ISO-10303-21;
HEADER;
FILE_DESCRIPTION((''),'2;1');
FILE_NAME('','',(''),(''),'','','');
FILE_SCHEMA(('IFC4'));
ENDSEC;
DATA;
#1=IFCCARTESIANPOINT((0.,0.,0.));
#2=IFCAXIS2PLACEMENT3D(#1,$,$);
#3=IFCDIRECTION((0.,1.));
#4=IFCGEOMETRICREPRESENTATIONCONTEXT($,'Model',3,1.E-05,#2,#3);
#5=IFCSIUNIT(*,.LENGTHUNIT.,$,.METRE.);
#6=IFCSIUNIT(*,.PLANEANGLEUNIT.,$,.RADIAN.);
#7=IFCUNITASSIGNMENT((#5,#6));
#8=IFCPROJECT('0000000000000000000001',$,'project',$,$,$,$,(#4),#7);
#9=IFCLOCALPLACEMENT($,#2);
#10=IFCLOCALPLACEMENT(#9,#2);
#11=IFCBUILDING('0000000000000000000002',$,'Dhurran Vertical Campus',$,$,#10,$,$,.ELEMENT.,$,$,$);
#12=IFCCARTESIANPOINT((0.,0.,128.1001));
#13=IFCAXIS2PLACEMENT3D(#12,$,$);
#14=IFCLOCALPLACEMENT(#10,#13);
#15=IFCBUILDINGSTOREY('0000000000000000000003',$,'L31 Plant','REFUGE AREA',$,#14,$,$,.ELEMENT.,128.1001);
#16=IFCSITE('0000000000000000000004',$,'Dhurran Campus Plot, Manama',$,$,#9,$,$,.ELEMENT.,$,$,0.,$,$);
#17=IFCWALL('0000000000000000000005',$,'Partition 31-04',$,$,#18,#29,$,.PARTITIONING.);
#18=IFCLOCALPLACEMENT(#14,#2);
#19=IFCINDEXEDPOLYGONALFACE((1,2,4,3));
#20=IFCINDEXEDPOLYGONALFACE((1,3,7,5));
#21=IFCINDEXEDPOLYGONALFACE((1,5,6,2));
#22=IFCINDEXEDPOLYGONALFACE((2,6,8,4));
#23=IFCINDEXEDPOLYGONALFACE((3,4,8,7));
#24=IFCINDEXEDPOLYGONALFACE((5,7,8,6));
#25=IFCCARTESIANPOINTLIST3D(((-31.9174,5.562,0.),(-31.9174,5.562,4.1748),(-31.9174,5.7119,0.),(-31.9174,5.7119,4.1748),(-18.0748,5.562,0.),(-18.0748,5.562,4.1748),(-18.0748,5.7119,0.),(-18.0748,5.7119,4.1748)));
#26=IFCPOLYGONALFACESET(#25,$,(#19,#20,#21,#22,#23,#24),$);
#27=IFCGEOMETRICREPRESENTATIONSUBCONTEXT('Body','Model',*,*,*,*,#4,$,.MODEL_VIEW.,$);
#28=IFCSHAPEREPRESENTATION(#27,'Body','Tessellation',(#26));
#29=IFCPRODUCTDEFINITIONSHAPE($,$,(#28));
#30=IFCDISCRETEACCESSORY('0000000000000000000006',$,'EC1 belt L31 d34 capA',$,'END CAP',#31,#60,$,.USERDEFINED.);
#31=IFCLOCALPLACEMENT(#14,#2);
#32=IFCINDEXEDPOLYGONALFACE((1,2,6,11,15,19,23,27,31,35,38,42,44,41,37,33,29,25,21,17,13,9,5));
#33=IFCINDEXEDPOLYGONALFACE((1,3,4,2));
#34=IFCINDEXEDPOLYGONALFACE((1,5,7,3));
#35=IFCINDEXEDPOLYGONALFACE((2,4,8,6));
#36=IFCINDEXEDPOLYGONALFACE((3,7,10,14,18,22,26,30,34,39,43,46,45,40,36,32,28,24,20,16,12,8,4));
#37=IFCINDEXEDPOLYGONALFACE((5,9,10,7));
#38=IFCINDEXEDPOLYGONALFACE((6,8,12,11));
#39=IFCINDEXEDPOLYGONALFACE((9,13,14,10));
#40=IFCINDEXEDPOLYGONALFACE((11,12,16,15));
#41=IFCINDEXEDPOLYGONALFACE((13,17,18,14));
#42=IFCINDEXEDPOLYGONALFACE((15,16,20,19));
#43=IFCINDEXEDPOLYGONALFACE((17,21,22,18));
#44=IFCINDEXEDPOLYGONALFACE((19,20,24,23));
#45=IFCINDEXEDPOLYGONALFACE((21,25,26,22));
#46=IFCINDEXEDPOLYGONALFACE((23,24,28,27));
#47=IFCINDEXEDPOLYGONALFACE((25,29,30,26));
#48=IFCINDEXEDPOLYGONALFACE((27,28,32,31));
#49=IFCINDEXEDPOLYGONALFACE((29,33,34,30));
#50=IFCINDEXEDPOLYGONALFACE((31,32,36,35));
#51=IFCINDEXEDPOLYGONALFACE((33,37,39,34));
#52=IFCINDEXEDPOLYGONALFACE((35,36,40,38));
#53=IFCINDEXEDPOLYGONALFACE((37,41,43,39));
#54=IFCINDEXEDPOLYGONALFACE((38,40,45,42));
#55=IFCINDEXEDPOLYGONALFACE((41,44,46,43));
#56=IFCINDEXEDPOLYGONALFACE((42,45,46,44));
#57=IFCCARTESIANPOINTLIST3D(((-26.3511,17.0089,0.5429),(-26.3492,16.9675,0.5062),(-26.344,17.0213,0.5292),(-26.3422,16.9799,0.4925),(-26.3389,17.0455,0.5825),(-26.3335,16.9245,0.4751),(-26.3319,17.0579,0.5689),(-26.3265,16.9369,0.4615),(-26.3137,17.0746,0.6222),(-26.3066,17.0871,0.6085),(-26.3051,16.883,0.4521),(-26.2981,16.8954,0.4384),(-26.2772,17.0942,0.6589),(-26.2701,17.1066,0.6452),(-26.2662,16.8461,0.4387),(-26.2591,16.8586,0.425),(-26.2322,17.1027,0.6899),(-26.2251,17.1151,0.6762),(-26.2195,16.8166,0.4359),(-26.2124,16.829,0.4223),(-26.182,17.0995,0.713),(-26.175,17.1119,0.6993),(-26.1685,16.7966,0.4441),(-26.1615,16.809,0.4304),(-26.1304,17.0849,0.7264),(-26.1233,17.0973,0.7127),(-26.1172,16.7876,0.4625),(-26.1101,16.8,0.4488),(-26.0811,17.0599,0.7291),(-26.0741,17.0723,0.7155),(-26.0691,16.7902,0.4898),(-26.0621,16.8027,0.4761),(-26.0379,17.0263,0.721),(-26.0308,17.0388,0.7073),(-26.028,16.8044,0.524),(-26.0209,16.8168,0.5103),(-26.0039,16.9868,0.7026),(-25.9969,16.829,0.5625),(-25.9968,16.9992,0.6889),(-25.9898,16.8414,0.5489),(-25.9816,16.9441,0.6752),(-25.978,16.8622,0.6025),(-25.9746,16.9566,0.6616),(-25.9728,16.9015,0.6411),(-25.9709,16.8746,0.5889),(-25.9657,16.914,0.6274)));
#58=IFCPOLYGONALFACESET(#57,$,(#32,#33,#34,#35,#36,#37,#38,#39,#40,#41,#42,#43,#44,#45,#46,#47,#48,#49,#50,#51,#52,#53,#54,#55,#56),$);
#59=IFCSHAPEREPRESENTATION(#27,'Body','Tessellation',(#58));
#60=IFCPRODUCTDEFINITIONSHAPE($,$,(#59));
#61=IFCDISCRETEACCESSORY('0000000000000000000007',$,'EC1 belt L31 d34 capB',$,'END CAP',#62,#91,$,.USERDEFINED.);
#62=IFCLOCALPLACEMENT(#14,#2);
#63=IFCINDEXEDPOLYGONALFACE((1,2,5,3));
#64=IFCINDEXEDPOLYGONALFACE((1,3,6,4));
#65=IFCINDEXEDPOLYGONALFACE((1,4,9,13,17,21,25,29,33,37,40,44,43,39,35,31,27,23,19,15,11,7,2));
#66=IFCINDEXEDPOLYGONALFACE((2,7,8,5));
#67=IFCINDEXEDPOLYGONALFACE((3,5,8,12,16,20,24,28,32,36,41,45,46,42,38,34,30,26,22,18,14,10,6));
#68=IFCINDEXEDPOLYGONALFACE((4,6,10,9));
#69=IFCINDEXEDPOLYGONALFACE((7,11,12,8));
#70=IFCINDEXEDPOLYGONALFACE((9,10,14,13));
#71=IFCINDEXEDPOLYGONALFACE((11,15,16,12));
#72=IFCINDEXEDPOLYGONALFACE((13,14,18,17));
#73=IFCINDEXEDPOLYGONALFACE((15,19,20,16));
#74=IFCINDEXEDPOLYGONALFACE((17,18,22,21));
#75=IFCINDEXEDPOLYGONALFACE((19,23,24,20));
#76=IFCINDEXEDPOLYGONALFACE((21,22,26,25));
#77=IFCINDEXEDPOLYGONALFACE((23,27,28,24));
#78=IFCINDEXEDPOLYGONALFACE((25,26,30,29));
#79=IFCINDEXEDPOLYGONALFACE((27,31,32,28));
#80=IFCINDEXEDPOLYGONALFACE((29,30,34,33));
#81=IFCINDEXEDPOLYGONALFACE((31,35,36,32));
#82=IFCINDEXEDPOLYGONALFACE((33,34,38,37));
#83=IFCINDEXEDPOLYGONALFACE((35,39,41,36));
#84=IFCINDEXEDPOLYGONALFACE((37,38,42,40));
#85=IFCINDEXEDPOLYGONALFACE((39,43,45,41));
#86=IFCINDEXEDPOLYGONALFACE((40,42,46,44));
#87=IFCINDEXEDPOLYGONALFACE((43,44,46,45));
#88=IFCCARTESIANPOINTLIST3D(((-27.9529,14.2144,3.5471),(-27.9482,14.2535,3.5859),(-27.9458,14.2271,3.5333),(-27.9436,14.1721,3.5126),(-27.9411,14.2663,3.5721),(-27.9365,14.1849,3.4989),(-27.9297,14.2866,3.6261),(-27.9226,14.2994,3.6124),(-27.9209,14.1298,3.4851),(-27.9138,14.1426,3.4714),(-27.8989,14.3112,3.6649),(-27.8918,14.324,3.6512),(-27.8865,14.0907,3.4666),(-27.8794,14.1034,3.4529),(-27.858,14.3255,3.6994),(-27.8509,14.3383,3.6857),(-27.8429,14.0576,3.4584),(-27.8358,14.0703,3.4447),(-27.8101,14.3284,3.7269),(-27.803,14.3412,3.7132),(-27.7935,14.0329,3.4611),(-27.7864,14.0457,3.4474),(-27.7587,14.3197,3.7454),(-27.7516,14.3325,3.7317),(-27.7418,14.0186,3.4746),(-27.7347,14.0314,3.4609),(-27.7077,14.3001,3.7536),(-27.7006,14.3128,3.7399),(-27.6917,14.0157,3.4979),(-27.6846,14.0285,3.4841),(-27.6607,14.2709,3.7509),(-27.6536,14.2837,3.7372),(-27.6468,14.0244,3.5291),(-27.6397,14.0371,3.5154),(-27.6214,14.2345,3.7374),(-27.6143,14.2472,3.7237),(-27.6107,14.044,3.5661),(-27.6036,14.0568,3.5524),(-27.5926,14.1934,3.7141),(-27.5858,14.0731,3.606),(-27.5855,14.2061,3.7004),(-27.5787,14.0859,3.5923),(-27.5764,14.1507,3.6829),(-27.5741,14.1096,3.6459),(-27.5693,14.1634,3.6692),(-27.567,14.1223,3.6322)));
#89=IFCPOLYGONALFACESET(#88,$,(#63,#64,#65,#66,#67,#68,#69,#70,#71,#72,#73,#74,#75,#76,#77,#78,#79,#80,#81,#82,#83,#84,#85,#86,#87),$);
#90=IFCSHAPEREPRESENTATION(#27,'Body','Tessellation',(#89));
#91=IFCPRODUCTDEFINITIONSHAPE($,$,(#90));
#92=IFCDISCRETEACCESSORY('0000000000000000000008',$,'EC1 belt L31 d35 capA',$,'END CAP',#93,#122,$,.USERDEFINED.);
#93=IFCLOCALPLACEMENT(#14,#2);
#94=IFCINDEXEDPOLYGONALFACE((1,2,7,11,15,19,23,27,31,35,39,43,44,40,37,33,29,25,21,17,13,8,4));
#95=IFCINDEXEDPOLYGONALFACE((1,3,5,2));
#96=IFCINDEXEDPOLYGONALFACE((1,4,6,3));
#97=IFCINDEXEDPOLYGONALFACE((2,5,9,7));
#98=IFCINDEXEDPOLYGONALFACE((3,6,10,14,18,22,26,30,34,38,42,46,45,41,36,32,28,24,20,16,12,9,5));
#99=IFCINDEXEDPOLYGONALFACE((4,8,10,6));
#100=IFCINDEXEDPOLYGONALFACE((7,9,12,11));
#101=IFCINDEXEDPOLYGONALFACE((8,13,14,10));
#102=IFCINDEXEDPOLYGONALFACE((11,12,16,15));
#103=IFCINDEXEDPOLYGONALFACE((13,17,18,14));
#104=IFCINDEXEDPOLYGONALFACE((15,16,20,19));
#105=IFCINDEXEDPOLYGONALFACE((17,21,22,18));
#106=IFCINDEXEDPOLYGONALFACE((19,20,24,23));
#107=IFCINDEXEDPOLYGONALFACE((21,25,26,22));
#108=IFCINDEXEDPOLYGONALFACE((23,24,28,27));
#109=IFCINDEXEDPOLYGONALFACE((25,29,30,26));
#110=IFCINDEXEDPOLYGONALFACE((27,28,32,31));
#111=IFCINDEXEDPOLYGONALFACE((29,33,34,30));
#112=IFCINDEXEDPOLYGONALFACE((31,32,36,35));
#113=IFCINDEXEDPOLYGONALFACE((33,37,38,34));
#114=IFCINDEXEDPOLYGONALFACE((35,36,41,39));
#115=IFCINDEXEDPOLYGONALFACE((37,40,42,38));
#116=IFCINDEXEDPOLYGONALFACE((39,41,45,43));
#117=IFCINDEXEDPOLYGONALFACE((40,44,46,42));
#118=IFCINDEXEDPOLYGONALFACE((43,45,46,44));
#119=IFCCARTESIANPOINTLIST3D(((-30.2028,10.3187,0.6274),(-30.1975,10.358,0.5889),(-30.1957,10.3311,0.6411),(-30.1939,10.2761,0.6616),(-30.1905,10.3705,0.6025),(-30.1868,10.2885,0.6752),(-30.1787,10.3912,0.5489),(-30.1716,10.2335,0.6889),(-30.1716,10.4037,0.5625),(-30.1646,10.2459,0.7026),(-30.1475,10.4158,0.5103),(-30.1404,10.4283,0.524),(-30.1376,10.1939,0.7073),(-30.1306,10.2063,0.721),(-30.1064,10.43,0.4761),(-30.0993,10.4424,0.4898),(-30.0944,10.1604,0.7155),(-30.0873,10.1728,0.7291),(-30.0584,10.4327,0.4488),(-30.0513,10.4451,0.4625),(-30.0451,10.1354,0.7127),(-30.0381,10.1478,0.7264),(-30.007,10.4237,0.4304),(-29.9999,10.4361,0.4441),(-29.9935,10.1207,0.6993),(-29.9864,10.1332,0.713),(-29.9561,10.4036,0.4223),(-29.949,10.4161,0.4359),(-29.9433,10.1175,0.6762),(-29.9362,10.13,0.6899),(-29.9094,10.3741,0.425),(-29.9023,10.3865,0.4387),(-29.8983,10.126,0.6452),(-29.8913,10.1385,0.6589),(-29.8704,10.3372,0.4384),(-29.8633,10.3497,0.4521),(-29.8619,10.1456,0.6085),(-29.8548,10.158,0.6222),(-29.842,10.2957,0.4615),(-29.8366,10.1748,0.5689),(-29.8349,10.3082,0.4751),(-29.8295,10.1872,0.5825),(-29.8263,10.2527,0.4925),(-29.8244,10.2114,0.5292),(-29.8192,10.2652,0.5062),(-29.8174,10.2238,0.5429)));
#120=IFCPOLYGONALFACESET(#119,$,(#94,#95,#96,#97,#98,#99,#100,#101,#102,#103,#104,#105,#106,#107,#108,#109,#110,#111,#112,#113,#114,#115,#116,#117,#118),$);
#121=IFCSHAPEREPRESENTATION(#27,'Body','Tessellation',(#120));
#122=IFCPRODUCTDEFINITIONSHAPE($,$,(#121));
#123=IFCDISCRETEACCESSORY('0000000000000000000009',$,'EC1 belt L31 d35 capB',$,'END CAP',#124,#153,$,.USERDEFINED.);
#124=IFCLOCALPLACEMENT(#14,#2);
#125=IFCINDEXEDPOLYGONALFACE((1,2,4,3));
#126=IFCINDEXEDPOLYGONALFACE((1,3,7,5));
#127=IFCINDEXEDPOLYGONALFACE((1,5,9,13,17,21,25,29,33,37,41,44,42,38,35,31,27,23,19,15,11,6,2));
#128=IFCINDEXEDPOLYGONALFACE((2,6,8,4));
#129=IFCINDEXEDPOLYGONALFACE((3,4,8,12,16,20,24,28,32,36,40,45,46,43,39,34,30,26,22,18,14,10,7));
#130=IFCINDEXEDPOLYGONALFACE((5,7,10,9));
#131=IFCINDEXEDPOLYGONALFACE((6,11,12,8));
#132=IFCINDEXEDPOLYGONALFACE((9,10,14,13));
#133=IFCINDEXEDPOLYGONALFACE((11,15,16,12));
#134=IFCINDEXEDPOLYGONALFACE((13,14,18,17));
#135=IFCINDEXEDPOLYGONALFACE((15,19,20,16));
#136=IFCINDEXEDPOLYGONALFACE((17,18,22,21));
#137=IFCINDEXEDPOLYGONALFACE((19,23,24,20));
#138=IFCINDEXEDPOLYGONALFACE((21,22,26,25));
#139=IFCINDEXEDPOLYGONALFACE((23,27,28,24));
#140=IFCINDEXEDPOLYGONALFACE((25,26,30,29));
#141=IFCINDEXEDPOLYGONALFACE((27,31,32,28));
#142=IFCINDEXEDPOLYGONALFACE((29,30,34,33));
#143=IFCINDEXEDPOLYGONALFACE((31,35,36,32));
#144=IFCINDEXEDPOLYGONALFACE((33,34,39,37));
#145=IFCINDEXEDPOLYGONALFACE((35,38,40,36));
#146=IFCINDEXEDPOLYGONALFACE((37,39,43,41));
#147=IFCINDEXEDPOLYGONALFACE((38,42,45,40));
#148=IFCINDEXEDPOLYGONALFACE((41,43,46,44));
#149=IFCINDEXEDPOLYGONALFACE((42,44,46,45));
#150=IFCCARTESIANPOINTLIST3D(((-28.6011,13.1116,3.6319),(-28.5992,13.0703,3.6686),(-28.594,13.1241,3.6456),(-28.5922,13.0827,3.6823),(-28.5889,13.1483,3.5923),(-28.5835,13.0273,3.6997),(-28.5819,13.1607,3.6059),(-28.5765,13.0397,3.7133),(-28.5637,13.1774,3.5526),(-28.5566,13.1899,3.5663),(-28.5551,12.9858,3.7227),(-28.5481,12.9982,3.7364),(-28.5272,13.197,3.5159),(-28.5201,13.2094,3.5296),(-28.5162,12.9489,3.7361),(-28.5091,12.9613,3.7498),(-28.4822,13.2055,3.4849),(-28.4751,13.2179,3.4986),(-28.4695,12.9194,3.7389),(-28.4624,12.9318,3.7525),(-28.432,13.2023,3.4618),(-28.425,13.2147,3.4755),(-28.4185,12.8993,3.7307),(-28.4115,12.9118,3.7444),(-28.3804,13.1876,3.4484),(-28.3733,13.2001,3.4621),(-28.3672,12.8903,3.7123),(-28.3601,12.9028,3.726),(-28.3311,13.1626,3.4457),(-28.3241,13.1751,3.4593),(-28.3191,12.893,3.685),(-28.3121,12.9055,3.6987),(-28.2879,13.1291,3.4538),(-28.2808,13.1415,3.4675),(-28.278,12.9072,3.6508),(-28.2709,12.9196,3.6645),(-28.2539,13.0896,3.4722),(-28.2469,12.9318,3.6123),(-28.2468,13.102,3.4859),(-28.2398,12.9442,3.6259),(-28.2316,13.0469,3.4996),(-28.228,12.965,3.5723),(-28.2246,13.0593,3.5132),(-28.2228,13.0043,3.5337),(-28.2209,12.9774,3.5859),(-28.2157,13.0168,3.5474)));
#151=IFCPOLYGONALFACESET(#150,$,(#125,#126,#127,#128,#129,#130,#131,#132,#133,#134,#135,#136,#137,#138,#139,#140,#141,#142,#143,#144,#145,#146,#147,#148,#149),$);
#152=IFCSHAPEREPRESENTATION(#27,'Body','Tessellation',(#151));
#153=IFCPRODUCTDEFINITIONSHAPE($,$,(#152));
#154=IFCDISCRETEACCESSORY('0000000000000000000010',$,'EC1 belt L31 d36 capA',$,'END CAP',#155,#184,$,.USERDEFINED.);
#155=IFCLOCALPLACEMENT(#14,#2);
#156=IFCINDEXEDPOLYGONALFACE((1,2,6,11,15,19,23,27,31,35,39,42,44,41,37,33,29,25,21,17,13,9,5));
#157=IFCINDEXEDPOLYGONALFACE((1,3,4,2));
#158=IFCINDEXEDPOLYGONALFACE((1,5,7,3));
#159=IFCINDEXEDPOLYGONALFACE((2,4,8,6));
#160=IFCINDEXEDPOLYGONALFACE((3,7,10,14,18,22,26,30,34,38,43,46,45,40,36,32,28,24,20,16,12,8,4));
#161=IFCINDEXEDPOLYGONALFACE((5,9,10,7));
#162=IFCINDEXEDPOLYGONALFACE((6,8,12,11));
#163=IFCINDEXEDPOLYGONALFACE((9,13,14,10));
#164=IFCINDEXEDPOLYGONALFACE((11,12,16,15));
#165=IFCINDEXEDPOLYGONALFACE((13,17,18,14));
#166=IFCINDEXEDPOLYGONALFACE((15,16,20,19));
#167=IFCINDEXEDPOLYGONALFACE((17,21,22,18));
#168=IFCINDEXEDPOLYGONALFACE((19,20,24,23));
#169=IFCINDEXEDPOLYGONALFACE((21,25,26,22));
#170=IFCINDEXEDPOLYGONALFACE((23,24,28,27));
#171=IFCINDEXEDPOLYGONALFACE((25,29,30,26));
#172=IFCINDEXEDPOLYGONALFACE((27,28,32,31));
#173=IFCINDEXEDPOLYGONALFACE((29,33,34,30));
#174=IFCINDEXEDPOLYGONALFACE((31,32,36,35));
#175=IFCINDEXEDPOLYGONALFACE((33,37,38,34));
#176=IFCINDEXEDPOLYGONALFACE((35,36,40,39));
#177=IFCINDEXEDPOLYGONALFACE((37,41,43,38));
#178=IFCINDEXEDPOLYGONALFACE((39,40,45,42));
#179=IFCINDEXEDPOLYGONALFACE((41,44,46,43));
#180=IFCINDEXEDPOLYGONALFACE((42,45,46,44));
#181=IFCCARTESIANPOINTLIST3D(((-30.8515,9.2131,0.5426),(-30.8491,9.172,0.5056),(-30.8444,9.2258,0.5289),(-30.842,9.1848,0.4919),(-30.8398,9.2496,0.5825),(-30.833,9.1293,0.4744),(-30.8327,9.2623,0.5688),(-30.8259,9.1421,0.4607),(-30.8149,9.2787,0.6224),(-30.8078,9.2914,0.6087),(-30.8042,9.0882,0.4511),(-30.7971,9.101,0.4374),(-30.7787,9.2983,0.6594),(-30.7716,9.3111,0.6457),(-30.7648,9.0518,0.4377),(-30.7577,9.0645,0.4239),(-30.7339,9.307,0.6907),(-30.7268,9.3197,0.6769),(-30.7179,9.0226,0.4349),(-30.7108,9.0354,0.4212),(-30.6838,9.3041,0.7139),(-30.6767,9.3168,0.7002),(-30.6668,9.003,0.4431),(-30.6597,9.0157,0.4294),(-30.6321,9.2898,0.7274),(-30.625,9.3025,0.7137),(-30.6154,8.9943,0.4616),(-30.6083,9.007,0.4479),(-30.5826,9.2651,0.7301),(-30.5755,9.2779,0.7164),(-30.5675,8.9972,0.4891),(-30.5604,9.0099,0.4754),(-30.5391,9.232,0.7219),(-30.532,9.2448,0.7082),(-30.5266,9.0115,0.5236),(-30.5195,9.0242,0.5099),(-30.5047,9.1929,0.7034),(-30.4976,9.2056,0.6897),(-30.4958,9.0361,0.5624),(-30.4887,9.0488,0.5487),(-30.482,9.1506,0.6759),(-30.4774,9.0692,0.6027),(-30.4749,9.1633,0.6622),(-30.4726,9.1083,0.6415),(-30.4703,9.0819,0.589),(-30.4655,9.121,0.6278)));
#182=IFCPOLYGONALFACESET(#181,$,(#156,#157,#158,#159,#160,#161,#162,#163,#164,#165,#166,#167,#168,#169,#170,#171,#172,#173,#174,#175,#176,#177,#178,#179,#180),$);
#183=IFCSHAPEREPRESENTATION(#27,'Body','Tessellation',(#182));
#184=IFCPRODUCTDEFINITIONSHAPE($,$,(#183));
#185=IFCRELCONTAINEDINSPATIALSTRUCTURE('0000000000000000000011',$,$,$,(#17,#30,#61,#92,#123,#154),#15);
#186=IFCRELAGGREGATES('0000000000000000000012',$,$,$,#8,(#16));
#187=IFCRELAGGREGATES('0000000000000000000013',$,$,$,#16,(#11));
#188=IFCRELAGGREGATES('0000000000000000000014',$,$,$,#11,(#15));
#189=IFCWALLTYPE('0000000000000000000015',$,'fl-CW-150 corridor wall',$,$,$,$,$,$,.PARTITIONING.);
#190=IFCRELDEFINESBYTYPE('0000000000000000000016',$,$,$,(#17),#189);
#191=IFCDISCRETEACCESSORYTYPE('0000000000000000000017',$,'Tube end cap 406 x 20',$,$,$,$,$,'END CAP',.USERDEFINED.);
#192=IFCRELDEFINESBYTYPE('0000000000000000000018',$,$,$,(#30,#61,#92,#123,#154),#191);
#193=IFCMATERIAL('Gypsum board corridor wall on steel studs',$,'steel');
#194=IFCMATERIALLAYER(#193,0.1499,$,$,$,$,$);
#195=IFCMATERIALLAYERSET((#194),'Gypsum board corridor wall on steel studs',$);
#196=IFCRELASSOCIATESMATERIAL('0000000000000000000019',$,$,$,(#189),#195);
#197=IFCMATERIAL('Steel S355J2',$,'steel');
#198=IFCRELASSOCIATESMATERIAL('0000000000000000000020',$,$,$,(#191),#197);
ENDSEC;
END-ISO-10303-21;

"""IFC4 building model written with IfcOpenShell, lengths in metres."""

from ifc_helpers import new_model, si_unit, direction, frame, frame_2d, origin, origin_2d, place, context, subcontext, project, spatial, rectangle, circle, extrude, material, layer, layer_set, material_profile, profile_set, type_object, element, save


model = new_model("IFC4")

# Units and contexts
model_context = context("Model", 3, precision=1e-05, world=origin(), true_north=direction((0.0, 1.0)))
body_context = subcontext(model_context, "Body", "Model", "MODEL_VIEW")
ifc_project = project(units=[si_unit("LENGTHUNIT", "METRE"), si_unit("PLANEANGLEUNIT", "RADIAN")], contexts=[model_context])

# Site, building, storey
site_placement = place(None, origin())
site = spatial("IfcSite", under=ifc_project, at=site_placement, Name="Dhurran Campus Plot, Manama", CompositionType="ELEMENT", RefElevation=0.0)
building_placement = place(site_placement, origin())
building = spatial("IfcBuilding", under=site, at=building_placement, Name="Dhurran Vertical Campus", CompositionType="ELEMENT")
storey_placement = place(building_placement, frame((0.0, 0.0, 128.1001)))
storey = spatial("IfcBuildingStorey", under=building, at=storey_placement, Name="L31 Plant", Description="REFUGE AREA", CompositionType="ELEMENT", Elevation=128.1001)

# Wall
ifc_material_1 = material(Name="Gypsum board corridor wall on steel studs", Category="steel")
ifc_layer_1 = layer(ifc_material_1, 0.1499)
ifc_layer_set_1 = layer_set([ifc_layer_1], Name="Gypsum board corridor wall on steel studs")
wall_type_1 = type_object("IfcWallType", Name="fl-CW-150 corridor wall", PredefinedType="PARTITIONING", material=ifc_layer_set_1)
wall_1_placement = place(storey_placement, frame((-31.9175, 5.637, 0.0), z_axis=(0.0, 0.0, 1.0), x_axis=(1.0, 0.0, 0.0)))
element("IfcWall", 1, at=wall_1_placement, inside=storey, type_object=wall_type_1, Name="Partition 31-04", PredefinedType="PARTITIONING", context=body_context, shape_type="SweptSolid", body=[
    extrude(rectangle(XDim=13.8425, YDim=0.1499, at=frame_2d((6.9214, 0.0))), origin(), (0.0, 0.0, 1.0), 4.1748),
])

# Discrete accessories
ifc_material_2 = material(Name="Steel S355J2", Category="steel")
ifc_material_profile_1 = material_profile(ifc_material_2, circle(Radius=0.2031, at=origin_2d()), Name="Tube end cap 406 x 20")
ifc_profile_set_1 = profile_set([ifc_material_profile_1], Name="Steel S355J2")
discrete_accessory_type = type_object("IfcDiscreteAccessoryType", Name="Tube end cap 406 x 20", ElementType="END CAP", PredefinedType="USERDEFINED", material=ifc_profile_set_1)
discrete_accessory_1_placement = place(storey_placement, frame((-26.1624, 16.9451, 0.5825), z_axis=(0.357562, 0.628816, -0.690464), x_axis=(-0.86929, 0.494302, 0.0)))
element("IfcDiscreteAccessory", 2, at=discrete_accessory_1_placement, inside=storey, type_object=discrete_accessory_type, Name="EC1 belt L31 d34 capA", ObjectType="END CAP", PredefinedType="USERDEFINED", context=body_context, shape_type="SweptSolid", body=[
    extrude(circle(Radius=0.2031, at=origin_2d()), origin(), (0.0, 0.0, 1.0), 0.0198),
])
discrete_accessory_2_placement = place(storey_placement, frame((-27.7561, 14.1848, 3.5923), z_axis=(-0.354795, -0.636184, 0.685121), x_axis=(0.873364, -0.487068, 0.0)))
element("IfcDiscreteAccessory", 3, at=discrete_accessory_2_placement, inside=storey, type_object=discrete_accessory_type, Name="EC1 belt L31 d34 capB", ObjectType="END CAP", PredefinedType="USERDEFINED", context=body_context, shape_type="SweptSolid", body=[
    extrude(circle(Radius=0.2031, at=origin_2d()), origin(), (0.0, 0.0, 1.0), 0.02),
])
for number, where, z_axis, x_axis, name in (
    (4, (-30.0061, 10.2876, 0.5825), (-0.357562, -0.628816, -0.690464), (0.86929, -0.494302, 0.0), "EC1 belt L31 d35 capA"),
    (5, (-28.4124, 13.0479, 3.5923), (0.357562, 0.628816, 0.690464), (-0.86929, 0.494302, 0.0), "EC1 belt L31 d35 capB"),
):
    element("IfcDiscreteAccessory", number, at=place(storey_placement, frame(where, z_axis=z_axis, x_axis=x_axis)), inside=storey, type_object=discrete_accessory_type, Name=name, ObjectType="END CAP", PredefinedType="USERDEFINED", context=body_context, shape_type="SweptSolid", body=[
        extrude(circle(Radius=0.2031, at=origin_2d()), origin(), (0.0, 0.0, 1.0), 0.0198),
    ])
for number, where, z_axis, x_axis, name in (
    (6, (-30.6624, 9.1506, 0.5825), (0.354795, 0.636184, -0.685121), (-0.873364, 0.487068, 0.0), "EC1 belt L31 d36 capA"),
):
    element("IfcDiscreteAccessory", number, at=place(storey_placement, frame(where, z_axis=z_axis, x_axis=x_axis)), inside=storey, type_object=discrete_accessory_type, Name=name, ObjectType="END CAP", PredefinedType="USERDEFINED", context=body_context, shape_type="SweptSolid", body=[
        extrude(circle(Radius=0.2031, at=origin_2d()), origin(), (0.0, 0.0, 1.0), 0.02),
    ])

save(model, "model.ifc")
